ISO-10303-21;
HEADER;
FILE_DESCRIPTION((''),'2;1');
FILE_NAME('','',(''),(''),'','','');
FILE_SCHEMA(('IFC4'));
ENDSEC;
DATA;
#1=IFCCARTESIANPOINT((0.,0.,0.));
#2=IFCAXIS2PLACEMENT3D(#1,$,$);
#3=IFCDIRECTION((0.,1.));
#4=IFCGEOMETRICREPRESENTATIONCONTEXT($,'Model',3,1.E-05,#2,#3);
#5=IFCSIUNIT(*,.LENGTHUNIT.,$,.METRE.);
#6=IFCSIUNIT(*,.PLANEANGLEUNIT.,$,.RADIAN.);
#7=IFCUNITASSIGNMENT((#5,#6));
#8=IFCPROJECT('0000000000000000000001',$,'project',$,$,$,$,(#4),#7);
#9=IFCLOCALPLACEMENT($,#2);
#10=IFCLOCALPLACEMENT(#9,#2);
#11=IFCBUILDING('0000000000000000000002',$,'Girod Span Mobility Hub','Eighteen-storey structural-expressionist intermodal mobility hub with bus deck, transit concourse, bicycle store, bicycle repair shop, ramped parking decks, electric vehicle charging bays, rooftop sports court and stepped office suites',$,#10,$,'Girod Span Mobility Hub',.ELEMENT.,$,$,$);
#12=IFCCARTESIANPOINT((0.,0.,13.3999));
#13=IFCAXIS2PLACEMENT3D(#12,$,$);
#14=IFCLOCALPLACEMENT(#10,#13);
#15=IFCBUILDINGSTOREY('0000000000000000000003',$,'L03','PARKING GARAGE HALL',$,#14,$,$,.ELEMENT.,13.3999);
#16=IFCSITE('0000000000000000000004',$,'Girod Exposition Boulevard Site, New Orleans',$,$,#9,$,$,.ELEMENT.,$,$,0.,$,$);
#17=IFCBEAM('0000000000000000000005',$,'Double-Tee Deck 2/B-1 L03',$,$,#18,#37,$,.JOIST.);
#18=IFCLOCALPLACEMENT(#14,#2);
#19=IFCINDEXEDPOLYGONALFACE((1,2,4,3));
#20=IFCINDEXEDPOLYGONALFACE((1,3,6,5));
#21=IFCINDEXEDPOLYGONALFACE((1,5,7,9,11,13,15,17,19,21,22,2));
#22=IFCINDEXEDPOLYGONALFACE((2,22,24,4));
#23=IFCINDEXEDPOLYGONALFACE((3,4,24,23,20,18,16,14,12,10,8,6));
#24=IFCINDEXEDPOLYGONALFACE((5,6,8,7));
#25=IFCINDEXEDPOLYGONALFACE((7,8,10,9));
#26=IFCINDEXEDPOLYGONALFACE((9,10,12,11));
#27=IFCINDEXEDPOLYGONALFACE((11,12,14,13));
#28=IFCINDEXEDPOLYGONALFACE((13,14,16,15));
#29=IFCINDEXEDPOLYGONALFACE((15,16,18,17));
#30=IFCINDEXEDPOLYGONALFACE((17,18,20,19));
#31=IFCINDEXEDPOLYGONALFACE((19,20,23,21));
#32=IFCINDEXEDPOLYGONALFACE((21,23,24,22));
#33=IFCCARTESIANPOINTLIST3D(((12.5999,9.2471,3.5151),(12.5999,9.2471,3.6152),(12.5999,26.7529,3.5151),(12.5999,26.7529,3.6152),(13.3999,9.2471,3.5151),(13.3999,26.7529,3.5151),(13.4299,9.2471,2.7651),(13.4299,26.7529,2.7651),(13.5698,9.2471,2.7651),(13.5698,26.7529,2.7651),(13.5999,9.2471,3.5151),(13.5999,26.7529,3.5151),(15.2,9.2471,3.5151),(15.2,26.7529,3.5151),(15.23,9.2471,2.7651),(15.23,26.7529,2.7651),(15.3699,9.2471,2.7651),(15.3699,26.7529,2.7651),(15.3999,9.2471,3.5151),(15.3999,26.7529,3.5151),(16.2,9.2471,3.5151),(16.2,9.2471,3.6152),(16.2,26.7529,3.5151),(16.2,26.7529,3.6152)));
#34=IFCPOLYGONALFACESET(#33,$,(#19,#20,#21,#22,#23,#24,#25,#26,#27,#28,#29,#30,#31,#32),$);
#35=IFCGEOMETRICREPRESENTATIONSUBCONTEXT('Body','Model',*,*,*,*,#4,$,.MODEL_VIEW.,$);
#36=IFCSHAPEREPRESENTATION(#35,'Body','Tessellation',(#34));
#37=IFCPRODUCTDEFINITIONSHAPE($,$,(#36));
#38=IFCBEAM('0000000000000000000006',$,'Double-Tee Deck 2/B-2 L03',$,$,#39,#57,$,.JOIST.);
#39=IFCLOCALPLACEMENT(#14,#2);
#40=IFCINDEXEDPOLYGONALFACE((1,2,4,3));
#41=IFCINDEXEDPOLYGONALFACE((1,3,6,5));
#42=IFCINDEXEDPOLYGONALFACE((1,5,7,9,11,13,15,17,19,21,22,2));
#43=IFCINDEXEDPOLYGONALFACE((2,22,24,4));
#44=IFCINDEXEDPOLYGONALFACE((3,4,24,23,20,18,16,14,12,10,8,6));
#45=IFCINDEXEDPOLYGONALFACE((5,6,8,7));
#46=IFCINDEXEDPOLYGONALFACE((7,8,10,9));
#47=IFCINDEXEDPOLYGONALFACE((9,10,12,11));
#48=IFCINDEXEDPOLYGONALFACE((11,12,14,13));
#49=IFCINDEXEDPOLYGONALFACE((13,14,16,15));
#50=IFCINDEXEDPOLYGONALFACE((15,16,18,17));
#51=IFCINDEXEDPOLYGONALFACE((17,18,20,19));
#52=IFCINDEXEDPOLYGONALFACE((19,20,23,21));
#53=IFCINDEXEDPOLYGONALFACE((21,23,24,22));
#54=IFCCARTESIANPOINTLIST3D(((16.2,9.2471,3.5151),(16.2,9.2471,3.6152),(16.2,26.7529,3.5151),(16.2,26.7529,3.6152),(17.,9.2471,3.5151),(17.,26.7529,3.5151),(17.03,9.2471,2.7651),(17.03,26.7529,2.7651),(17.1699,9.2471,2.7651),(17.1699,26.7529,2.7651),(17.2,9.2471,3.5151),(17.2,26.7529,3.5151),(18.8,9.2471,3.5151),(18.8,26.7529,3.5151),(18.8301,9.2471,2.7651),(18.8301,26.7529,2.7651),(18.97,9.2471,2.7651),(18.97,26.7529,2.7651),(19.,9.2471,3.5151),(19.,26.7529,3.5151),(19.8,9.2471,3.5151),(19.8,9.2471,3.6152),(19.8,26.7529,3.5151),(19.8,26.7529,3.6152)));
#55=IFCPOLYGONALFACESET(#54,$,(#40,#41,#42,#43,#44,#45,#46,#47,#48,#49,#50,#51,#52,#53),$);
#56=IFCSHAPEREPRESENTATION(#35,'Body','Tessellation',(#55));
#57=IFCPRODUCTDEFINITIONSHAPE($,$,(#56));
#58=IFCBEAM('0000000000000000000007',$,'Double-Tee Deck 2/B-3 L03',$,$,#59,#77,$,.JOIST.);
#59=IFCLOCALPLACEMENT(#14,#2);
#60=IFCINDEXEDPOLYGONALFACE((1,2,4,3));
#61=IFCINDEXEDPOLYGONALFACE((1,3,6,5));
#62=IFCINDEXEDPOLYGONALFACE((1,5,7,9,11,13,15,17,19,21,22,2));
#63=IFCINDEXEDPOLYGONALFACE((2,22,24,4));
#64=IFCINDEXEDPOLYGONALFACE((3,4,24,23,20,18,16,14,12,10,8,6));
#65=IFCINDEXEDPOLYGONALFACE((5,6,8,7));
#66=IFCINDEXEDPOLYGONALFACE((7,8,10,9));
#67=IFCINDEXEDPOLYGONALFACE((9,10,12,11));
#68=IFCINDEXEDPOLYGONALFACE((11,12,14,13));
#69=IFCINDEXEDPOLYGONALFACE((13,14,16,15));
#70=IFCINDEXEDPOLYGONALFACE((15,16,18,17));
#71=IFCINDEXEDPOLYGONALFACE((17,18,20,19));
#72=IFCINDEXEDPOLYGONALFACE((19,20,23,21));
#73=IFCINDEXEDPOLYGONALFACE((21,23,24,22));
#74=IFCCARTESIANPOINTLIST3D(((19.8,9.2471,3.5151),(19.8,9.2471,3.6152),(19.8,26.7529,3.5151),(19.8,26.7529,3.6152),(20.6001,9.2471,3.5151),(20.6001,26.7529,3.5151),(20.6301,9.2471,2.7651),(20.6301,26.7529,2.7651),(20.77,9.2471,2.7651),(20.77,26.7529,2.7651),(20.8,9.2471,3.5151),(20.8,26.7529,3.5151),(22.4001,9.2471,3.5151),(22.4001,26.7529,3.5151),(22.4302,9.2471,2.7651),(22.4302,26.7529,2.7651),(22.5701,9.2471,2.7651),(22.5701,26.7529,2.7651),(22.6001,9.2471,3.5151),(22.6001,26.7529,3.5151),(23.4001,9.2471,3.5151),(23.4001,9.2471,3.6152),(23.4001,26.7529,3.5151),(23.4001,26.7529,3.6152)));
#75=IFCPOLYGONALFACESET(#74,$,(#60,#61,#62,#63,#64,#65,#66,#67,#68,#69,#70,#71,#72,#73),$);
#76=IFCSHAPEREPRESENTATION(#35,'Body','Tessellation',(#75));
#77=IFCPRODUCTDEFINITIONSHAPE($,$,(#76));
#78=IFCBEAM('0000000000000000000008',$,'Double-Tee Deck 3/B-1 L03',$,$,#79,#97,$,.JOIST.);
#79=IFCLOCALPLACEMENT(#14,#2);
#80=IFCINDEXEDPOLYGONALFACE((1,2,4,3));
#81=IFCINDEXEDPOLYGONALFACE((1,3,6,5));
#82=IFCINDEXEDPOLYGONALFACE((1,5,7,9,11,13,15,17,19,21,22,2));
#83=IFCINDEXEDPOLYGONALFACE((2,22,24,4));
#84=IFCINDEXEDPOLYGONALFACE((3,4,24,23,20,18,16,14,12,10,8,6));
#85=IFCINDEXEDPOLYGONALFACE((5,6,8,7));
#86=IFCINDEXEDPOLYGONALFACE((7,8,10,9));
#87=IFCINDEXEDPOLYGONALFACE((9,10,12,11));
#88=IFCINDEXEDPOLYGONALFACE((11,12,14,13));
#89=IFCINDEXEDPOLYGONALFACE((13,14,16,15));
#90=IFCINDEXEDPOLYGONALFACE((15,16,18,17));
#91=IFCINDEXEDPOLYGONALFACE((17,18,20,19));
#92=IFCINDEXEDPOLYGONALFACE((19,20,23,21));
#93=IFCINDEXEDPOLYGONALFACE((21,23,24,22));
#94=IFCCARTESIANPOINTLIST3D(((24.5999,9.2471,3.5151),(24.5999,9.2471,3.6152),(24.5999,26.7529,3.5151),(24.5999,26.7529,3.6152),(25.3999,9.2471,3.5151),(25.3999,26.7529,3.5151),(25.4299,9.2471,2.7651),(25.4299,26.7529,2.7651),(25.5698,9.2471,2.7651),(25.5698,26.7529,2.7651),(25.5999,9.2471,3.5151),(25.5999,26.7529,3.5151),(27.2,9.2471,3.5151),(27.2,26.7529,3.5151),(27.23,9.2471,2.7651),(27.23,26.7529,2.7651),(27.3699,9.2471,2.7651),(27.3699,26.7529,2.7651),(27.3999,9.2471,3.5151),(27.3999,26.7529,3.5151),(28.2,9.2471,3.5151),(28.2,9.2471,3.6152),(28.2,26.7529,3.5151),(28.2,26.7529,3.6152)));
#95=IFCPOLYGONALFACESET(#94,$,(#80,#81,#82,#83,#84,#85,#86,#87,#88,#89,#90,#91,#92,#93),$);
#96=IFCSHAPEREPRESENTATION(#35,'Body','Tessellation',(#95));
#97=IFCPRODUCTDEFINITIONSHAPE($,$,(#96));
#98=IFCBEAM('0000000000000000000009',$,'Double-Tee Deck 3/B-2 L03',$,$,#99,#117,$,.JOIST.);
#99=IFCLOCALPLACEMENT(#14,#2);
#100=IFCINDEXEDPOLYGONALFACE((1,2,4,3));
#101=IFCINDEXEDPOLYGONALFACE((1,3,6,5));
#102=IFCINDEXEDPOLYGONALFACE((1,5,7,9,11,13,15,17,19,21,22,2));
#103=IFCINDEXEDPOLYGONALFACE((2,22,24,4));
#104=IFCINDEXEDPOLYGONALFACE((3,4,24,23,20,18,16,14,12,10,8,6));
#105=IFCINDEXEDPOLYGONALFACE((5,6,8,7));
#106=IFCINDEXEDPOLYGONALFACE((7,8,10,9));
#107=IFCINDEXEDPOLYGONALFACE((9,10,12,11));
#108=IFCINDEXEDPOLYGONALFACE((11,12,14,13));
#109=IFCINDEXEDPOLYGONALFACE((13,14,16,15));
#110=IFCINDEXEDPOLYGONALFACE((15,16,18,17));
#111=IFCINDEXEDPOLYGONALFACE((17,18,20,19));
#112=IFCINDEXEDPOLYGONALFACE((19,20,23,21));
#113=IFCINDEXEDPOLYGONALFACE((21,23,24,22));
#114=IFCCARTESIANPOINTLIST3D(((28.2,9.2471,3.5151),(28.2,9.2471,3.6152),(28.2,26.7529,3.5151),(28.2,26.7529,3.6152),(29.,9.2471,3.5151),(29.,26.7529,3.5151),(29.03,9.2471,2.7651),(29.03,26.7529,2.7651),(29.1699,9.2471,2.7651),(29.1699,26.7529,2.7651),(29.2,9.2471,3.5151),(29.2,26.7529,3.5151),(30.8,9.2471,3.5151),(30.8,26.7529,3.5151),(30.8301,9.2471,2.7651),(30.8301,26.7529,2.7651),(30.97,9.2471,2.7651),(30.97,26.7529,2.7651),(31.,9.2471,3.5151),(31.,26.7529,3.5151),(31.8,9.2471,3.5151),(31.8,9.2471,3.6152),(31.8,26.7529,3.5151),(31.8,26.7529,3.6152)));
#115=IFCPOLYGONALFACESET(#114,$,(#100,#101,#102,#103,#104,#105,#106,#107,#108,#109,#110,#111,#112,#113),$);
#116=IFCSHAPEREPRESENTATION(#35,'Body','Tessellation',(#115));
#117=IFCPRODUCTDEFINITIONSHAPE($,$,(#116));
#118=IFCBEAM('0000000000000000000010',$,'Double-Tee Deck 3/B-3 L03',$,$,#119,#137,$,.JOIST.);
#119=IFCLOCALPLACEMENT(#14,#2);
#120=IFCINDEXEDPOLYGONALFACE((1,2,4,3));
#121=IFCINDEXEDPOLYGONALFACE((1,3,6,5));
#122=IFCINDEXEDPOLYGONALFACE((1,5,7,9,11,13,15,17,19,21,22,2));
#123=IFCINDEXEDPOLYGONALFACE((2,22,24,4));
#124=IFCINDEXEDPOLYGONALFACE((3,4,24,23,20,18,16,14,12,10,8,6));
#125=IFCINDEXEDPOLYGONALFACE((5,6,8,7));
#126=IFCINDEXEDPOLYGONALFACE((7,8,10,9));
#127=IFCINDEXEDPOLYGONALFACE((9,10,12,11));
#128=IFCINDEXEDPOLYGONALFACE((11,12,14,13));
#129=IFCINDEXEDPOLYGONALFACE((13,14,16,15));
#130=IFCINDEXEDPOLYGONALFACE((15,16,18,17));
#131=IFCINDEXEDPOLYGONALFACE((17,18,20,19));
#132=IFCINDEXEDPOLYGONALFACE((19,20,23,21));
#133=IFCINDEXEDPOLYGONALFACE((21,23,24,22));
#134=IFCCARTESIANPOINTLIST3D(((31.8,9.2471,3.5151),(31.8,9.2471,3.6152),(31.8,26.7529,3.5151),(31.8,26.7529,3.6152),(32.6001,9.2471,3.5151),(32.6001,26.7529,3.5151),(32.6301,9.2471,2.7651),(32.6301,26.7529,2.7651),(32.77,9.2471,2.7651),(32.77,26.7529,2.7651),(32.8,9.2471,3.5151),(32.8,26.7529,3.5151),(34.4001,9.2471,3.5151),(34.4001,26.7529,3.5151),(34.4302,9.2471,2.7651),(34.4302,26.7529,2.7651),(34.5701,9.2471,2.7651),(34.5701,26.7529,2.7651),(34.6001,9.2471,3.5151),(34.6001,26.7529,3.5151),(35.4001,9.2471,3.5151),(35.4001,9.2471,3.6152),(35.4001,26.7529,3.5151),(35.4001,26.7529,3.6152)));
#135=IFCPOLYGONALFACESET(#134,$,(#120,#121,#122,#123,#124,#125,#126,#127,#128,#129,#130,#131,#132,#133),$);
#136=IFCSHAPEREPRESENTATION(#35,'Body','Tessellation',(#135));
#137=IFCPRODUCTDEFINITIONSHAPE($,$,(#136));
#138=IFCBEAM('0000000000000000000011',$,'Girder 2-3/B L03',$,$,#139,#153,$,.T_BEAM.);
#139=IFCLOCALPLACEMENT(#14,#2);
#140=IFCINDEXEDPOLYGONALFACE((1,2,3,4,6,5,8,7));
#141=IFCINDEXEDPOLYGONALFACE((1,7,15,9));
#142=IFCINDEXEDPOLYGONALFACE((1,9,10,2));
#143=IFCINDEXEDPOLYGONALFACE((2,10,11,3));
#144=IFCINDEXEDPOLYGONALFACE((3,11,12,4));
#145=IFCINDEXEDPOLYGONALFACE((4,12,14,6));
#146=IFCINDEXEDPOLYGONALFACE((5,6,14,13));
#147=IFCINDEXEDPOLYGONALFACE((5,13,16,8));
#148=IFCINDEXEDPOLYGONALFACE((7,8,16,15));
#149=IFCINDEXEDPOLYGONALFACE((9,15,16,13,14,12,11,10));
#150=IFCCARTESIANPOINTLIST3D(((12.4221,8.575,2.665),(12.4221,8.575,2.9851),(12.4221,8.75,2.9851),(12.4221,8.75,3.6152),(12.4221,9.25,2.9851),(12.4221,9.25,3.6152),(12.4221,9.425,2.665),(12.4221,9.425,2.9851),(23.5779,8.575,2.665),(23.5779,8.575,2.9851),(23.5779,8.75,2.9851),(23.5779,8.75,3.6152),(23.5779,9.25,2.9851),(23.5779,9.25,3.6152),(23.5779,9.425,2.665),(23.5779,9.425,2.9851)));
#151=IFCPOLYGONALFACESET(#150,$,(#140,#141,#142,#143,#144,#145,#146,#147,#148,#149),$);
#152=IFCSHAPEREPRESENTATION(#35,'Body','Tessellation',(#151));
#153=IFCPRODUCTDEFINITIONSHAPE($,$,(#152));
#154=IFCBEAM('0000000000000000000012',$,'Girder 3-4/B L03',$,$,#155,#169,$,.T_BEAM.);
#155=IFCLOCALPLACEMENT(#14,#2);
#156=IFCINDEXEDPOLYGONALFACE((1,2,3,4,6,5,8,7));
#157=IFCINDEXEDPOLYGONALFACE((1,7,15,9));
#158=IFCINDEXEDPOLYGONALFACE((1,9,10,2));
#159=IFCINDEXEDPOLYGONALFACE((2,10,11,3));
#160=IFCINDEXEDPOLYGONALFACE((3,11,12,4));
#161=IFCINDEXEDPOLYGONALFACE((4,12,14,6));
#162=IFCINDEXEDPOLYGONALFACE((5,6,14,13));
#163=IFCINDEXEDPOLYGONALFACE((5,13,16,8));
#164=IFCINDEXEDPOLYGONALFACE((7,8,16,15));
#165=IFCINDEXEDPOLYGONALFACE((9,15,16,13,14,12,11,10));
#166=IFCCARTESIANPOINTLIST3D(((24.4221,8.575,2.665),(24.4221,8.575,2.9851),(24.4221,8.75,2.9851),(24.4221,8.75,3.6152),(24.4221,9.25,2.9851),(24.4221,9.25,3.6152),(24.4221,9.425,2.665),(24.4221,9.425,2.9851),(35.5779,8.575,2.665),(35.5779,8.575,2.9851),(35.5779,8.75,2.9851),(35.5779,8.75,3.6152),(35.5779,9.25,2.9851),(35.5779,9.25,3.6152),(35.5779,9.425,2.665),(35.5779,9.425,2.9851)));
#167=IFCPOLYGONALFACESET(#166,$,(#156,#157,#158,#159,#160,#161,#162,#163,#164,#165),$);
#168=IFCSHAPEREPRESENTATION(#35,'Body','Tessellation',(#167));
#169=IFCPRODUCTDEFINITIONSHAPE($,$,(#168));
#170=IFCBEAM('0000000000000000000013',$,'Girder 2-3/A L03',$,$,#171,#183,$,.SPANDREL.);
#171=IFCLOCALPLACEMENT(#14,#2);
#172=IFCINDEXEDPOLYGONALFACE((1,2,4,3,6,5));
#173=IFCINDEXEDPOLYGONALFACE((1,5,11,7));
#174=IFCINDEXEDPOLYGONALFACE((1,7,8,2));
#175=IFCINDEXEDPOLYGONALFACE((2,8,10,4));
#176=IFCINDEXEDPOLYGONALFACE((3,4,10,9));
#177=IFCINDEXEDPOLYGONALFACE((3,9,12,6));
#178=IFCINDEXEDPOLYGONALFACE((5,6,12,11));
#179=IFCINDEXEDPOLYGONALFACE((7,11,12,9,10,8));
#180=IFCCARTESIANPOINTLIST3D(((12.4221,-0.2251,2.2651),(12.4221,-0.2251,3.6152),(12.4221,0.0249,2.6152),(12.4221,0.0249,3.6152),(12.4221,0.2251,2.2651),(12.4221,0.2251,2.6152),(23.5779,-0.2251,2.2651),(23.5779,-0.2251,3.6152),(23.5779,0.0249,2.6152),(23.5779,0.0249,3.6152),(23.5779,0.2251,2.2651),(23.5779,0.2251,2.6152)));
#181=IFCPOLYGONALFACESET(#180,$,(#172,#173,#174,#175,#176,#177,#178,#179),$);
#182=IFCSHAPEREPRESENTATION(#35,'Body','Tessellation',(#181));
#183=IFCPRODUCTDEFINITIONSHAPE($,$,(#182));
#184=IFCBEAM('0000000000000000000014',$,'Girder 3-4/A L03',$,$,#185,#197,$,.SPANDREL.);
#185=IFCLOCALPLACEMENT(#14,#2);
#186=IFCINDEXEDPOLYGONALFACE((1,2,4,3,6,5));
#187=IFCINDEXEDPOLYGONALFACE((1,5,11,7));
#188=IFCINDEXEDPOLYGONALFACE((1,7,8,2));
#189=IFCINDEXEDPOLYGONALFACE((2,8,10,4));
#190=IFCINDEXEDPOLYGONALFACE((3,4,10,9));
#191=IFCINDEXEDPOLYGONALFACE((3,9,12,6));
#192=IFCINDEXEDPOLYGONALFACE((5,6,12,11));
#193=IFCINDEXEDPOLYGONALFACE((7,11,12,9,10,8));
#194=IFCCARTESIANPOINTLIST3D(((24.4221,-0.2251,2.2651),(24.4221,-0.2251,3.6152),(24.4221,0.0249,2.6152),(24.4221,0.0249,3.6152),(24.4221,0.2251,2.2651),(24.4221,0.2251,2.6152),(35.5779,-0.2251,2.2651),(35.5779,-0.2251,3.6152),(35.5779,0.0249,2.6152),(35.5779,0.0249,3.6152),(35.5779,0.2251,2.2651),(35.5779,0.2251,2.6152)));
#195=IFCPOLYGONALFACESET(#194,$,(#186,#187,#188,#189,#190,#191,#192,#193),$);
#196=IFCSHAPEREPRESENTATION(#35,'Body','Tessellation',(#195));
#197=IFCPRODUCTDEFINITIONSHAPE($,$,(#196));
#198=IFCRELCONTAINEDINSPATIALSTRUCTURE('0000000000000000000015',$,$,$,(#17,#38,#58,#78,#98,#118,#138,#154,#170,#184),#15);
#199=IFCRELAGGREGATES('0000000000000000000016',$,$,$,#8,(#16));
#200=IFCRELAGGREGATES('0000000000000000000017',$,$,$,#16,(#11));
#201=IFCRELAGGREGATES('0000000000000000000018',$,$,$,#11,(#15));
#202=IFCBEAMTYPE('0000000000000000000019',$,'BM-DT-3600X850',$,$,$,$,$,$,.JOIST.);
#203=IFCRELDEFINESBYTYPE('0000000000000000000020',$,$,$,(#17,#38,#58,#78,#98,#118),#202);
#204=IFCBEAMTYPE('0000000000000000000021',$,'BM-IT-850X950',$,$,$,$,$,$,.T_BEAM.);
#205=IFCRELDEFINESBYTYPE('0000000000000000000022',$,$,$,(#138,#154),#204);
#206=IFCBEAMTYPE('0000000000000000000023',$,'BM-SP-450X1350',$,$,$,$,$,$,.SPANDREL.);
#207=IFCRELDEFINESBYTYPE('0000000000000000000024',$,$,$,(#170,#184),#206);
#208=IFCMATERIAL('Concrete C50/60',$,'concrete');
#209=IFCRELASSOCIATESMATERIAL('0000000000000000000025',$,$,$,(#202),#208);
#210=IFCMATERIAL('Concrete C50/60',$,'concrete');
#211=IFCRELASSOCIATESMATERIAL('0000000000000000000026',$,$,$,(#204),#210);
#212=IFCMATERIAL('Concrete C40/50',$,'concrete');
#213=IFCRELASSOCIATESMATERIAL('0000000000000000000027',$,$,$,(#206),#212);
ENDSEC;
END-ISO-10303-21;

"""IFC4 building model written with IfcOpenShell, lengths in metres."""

from ifc_helpers import new_model, si_unit, direction, frame, origin, place, context, subcontext, project, spatial, polyline, outline, extrude, material, material_profile, profile_set, type_object, element, save


model = new_model("IFC4")

# Units and contexts
model_context = context("Model", 3, precision=1e-05, world=origin(), true_north=direction((0.0, 1.0)))
body_context = subcontext(model_context, "Body", "Model", "MODEL_VIEW")
ifc_project = project(units=[si_unit("LENGTHUNIT", "METRE"), si_unit("PLANEANGLEUNIT", "RADIAN")], contexts=[model_context])

# Site, building, storey
site_placement = place(None, origin())
site = spatial("IfcSite", under=ifc_project, at=site_placement, Name="Girod Exposition Boulevard Site, New Orleans", CompositionType="ELEMENT", RefElevation=0.0)
building_placement = place(site_placement, origin())
building = spatial("IfcBuilding", under=site, at=building_placement, Name="Girod Span Mobility Hub", Description="Eighteen-storey structural-expressionist intermodal mobility hub with bus deck, transit concourse, bicycle store, bicycle repair shop, ramped parking decks, electric vehicle charging bays, rooftop sports court and stepped office suites", LongName="Girod Span Mobility Hub", CompositionType="ELEMENT")
storey_placement = place(building_placement, frame((0.0, 0.0, 13.3999)))
storey = spatial("IfcBuildingStorey", under=building, at=storey_placement, Name="L03", Description="PARKING GARAGE HALL", CompositionType="ELEMENT", Elevation=13.3999)

# Beams
ifc_material_1 = material(Name="Concrete C50/60", Category="concrete")
ifc_material_profile_1 = material_profile(ifc_material_1, outline(polyline([(-1.8, 0.425), (-1.8, 0.325), (-1.0, 0.325), (-0.97, -0.425), (-0.8301, -0.425), (-0.8, 0.325), (0.8, 0.325), (0.8301, -0.425), (0.97, -0.425), (1.0, 0.325), (1.8, 0.325), (1.8, 0.425), (-1.8, 0.425)])), Name="DT-3600X850")
ifc_profile_set_1 = profile_set([ifc_material_profile_1], Name="Concrete C50/60")
beam_type_1 = type_object("IfcBeamType", Name="BM-DT-3600X850", PredefinedType="JOIST", material=ifc_profile_set_1)
for number, where, z_axis, x_axis, name in (
    (1, (14.3999, 9.2471, 3.1902), (0.0, 1.0, 0.0), (-1.0, 0.0, 0.0), "Double-Tee Deck 2/B-1 L03"),
    (2, (18.0, 9.2471, 3.1902), (0.0, 1.0, 0.0), (-1.0, 0.0, 0.0), "Double-Tee Deck 2/B-2 L03"),
    (3, (21.6001, 9.2471, 3.1902), (0.0, 1.0, 0.0), (-1.0, 0.0, 0.0), "Double-Tee Deck 2/B-3 L03"),
    (4, (26.3999, 9.2471, 3.1902), (0.0, 1.0, 0.0), (-1.0, 0.0, 0.0), "Double-Tee Deck 3/B-1 L03"),
    (5, (30.0, 9.2471, 3.1902), (0.0, 1.0, 0.0), (-1.0, 0.0, 0.0), "Double-Tee Deck 3/B-2 L03"),
    (6, (33.6001, 9.2471, 3.1902), (0.0, 1.0, 0.0), (-1.0, 0.0, 0.0), "Double-Tee Deck 3/B-3 L03"),
):
    element("IfcBeam", number, at=place(storey_placement, frame(where, z_axis=z_axis, x_axis=x_axis)), inside=storey, type_object=beam_type_1, Name=name, PredefinedType="JOIST", context=body_context, shape_type="SweptSolid", body=[
        extrude(outline(polyline([(-1.8, 0.425), (-1.8, 0.325), (-1.0, 0.325), (-0.97, -0.425), (-0.8301, -0.425), (-0.8, 0.325), (0.8, 0.325), (0.8301, -0.425), (0.97, -0.425), (1.0, 0.325), (1.8, 0.325), (1.8, 0.425), (-1.8, 0.425)])), origin(), (0.0, 0.0, 1.0), 17.5059),
    ])
ifc_material_2 = material(Name="Concrete C50/60", Category="concrete")
ifc_material_profile_2 = material_profile(ifc_material_2, outline(polyline([(-0.425, -0.4751), (0.425, -0.4751), (0.425, -0.155), (0.25, -0.155), (0.25, 0.4751), (-0.25, 0.4751), (-0.25, -0.155), (-0.425, -0.155), (-0.425, -0.4751)])), Name="IT-850X950")
ifc_profile_set_2 = profile_set([ifc_material_profile_2], Name="Concrete C50/60")
beam_type_2 = type_object("IfcBeamType", Name="BM-IT-850X950", PredefinedType="T_BEAM", material=ifc_profile_set_2)
for number, where, z_axis, x_axis, name in (
    (7, (12.4221, 9.0, 3.1401), (1.0, 0.0, 0.0), (0.0, 1.0, 0.0), "Girder 2-3/B L03"),
    (8, (24.4221, 9.0, 3.1401), (1.0, 0.0, 0.0), (0.0, 1.0, 0.0), "Girder 3-4/B L03"),
):
    element("IfcBeam", number, at=place(storey_placement, frame(where, z_axis=z_axis, x_axis=x_axis)), inside=storey, type_object=beam_type_2, Name=name, PredefinedType="T_BEAM", context=body_context, shape_type="SweptSolid", body=[
        extrude(outline(polyline([(-0.425, -0.4751), (0.425, -0.4751), (0.425, -0.155), (0.25, -0.155), (0.25, 0.4751), (-0.25, 0.4751), (-0.25, -0.155), (-0.425, -0.155), (-0.425, -0.4751)])), origin(), (0.0, 0.0, 1.0), 11.1558),
    ])
ifc_material_3 = material(Name="Concrete C40/50", Category="concrete")
ifc_material_profile_3 = material_profile(ifc_material_3, outline(polyline([(-0.2251, -0.675), (0.2251, -0.675), (0.2251, -0.325), (0.0249, -0.325), (0.0249, 0.675), (-0.2251, 0.675), (-0.2251, -0.675)])), Name="SP-450X1350")
ifc_profile_set_3 = profile_set([ifc_material_profile_3], Name="Concrete C40/50")
beam_type_3 = type_object("IfcBeamType", Name="BM-SP-450X1350", PredefinedType="SPANDREL", material=ifc_profile_set_3)
for number, where, z_axis, x_axis, name in (
    (9, (12.4221, 0.0, 2.9402), (1.0, 0.0, 0.0), (0.0, 1.0, 0.0), "Girder 2-3/A L03"),
    (10, (24.4221, 0.0, 2.9402), (1.0, 0.0, 0.0), (0.0, 1.0, 0.0), "Girder 3-4/A L03"),
):
    element("IfcBeam", number, at=place(storey_placement, frame(where, z_axis=z_axis, x_axis=x_axis)), inside=storey, type_object=beam_type_3, Name=name, PredefinedType="SPANDREL", context=body_context, shape_type="SweptSolid", body=[
        extrude(outline(polyline([(-0.2251, -0.675), (0.2251, -0.675), (0.2251, -0.325), (0.0249, -0.325), (0.0249, 0.675), (-0.2251, 0.675), (-0.2251, -0.675)])), origin(), (0.0, 0.0, 1.0), 11.1558),
    ])

save(model, "model.ifc")
